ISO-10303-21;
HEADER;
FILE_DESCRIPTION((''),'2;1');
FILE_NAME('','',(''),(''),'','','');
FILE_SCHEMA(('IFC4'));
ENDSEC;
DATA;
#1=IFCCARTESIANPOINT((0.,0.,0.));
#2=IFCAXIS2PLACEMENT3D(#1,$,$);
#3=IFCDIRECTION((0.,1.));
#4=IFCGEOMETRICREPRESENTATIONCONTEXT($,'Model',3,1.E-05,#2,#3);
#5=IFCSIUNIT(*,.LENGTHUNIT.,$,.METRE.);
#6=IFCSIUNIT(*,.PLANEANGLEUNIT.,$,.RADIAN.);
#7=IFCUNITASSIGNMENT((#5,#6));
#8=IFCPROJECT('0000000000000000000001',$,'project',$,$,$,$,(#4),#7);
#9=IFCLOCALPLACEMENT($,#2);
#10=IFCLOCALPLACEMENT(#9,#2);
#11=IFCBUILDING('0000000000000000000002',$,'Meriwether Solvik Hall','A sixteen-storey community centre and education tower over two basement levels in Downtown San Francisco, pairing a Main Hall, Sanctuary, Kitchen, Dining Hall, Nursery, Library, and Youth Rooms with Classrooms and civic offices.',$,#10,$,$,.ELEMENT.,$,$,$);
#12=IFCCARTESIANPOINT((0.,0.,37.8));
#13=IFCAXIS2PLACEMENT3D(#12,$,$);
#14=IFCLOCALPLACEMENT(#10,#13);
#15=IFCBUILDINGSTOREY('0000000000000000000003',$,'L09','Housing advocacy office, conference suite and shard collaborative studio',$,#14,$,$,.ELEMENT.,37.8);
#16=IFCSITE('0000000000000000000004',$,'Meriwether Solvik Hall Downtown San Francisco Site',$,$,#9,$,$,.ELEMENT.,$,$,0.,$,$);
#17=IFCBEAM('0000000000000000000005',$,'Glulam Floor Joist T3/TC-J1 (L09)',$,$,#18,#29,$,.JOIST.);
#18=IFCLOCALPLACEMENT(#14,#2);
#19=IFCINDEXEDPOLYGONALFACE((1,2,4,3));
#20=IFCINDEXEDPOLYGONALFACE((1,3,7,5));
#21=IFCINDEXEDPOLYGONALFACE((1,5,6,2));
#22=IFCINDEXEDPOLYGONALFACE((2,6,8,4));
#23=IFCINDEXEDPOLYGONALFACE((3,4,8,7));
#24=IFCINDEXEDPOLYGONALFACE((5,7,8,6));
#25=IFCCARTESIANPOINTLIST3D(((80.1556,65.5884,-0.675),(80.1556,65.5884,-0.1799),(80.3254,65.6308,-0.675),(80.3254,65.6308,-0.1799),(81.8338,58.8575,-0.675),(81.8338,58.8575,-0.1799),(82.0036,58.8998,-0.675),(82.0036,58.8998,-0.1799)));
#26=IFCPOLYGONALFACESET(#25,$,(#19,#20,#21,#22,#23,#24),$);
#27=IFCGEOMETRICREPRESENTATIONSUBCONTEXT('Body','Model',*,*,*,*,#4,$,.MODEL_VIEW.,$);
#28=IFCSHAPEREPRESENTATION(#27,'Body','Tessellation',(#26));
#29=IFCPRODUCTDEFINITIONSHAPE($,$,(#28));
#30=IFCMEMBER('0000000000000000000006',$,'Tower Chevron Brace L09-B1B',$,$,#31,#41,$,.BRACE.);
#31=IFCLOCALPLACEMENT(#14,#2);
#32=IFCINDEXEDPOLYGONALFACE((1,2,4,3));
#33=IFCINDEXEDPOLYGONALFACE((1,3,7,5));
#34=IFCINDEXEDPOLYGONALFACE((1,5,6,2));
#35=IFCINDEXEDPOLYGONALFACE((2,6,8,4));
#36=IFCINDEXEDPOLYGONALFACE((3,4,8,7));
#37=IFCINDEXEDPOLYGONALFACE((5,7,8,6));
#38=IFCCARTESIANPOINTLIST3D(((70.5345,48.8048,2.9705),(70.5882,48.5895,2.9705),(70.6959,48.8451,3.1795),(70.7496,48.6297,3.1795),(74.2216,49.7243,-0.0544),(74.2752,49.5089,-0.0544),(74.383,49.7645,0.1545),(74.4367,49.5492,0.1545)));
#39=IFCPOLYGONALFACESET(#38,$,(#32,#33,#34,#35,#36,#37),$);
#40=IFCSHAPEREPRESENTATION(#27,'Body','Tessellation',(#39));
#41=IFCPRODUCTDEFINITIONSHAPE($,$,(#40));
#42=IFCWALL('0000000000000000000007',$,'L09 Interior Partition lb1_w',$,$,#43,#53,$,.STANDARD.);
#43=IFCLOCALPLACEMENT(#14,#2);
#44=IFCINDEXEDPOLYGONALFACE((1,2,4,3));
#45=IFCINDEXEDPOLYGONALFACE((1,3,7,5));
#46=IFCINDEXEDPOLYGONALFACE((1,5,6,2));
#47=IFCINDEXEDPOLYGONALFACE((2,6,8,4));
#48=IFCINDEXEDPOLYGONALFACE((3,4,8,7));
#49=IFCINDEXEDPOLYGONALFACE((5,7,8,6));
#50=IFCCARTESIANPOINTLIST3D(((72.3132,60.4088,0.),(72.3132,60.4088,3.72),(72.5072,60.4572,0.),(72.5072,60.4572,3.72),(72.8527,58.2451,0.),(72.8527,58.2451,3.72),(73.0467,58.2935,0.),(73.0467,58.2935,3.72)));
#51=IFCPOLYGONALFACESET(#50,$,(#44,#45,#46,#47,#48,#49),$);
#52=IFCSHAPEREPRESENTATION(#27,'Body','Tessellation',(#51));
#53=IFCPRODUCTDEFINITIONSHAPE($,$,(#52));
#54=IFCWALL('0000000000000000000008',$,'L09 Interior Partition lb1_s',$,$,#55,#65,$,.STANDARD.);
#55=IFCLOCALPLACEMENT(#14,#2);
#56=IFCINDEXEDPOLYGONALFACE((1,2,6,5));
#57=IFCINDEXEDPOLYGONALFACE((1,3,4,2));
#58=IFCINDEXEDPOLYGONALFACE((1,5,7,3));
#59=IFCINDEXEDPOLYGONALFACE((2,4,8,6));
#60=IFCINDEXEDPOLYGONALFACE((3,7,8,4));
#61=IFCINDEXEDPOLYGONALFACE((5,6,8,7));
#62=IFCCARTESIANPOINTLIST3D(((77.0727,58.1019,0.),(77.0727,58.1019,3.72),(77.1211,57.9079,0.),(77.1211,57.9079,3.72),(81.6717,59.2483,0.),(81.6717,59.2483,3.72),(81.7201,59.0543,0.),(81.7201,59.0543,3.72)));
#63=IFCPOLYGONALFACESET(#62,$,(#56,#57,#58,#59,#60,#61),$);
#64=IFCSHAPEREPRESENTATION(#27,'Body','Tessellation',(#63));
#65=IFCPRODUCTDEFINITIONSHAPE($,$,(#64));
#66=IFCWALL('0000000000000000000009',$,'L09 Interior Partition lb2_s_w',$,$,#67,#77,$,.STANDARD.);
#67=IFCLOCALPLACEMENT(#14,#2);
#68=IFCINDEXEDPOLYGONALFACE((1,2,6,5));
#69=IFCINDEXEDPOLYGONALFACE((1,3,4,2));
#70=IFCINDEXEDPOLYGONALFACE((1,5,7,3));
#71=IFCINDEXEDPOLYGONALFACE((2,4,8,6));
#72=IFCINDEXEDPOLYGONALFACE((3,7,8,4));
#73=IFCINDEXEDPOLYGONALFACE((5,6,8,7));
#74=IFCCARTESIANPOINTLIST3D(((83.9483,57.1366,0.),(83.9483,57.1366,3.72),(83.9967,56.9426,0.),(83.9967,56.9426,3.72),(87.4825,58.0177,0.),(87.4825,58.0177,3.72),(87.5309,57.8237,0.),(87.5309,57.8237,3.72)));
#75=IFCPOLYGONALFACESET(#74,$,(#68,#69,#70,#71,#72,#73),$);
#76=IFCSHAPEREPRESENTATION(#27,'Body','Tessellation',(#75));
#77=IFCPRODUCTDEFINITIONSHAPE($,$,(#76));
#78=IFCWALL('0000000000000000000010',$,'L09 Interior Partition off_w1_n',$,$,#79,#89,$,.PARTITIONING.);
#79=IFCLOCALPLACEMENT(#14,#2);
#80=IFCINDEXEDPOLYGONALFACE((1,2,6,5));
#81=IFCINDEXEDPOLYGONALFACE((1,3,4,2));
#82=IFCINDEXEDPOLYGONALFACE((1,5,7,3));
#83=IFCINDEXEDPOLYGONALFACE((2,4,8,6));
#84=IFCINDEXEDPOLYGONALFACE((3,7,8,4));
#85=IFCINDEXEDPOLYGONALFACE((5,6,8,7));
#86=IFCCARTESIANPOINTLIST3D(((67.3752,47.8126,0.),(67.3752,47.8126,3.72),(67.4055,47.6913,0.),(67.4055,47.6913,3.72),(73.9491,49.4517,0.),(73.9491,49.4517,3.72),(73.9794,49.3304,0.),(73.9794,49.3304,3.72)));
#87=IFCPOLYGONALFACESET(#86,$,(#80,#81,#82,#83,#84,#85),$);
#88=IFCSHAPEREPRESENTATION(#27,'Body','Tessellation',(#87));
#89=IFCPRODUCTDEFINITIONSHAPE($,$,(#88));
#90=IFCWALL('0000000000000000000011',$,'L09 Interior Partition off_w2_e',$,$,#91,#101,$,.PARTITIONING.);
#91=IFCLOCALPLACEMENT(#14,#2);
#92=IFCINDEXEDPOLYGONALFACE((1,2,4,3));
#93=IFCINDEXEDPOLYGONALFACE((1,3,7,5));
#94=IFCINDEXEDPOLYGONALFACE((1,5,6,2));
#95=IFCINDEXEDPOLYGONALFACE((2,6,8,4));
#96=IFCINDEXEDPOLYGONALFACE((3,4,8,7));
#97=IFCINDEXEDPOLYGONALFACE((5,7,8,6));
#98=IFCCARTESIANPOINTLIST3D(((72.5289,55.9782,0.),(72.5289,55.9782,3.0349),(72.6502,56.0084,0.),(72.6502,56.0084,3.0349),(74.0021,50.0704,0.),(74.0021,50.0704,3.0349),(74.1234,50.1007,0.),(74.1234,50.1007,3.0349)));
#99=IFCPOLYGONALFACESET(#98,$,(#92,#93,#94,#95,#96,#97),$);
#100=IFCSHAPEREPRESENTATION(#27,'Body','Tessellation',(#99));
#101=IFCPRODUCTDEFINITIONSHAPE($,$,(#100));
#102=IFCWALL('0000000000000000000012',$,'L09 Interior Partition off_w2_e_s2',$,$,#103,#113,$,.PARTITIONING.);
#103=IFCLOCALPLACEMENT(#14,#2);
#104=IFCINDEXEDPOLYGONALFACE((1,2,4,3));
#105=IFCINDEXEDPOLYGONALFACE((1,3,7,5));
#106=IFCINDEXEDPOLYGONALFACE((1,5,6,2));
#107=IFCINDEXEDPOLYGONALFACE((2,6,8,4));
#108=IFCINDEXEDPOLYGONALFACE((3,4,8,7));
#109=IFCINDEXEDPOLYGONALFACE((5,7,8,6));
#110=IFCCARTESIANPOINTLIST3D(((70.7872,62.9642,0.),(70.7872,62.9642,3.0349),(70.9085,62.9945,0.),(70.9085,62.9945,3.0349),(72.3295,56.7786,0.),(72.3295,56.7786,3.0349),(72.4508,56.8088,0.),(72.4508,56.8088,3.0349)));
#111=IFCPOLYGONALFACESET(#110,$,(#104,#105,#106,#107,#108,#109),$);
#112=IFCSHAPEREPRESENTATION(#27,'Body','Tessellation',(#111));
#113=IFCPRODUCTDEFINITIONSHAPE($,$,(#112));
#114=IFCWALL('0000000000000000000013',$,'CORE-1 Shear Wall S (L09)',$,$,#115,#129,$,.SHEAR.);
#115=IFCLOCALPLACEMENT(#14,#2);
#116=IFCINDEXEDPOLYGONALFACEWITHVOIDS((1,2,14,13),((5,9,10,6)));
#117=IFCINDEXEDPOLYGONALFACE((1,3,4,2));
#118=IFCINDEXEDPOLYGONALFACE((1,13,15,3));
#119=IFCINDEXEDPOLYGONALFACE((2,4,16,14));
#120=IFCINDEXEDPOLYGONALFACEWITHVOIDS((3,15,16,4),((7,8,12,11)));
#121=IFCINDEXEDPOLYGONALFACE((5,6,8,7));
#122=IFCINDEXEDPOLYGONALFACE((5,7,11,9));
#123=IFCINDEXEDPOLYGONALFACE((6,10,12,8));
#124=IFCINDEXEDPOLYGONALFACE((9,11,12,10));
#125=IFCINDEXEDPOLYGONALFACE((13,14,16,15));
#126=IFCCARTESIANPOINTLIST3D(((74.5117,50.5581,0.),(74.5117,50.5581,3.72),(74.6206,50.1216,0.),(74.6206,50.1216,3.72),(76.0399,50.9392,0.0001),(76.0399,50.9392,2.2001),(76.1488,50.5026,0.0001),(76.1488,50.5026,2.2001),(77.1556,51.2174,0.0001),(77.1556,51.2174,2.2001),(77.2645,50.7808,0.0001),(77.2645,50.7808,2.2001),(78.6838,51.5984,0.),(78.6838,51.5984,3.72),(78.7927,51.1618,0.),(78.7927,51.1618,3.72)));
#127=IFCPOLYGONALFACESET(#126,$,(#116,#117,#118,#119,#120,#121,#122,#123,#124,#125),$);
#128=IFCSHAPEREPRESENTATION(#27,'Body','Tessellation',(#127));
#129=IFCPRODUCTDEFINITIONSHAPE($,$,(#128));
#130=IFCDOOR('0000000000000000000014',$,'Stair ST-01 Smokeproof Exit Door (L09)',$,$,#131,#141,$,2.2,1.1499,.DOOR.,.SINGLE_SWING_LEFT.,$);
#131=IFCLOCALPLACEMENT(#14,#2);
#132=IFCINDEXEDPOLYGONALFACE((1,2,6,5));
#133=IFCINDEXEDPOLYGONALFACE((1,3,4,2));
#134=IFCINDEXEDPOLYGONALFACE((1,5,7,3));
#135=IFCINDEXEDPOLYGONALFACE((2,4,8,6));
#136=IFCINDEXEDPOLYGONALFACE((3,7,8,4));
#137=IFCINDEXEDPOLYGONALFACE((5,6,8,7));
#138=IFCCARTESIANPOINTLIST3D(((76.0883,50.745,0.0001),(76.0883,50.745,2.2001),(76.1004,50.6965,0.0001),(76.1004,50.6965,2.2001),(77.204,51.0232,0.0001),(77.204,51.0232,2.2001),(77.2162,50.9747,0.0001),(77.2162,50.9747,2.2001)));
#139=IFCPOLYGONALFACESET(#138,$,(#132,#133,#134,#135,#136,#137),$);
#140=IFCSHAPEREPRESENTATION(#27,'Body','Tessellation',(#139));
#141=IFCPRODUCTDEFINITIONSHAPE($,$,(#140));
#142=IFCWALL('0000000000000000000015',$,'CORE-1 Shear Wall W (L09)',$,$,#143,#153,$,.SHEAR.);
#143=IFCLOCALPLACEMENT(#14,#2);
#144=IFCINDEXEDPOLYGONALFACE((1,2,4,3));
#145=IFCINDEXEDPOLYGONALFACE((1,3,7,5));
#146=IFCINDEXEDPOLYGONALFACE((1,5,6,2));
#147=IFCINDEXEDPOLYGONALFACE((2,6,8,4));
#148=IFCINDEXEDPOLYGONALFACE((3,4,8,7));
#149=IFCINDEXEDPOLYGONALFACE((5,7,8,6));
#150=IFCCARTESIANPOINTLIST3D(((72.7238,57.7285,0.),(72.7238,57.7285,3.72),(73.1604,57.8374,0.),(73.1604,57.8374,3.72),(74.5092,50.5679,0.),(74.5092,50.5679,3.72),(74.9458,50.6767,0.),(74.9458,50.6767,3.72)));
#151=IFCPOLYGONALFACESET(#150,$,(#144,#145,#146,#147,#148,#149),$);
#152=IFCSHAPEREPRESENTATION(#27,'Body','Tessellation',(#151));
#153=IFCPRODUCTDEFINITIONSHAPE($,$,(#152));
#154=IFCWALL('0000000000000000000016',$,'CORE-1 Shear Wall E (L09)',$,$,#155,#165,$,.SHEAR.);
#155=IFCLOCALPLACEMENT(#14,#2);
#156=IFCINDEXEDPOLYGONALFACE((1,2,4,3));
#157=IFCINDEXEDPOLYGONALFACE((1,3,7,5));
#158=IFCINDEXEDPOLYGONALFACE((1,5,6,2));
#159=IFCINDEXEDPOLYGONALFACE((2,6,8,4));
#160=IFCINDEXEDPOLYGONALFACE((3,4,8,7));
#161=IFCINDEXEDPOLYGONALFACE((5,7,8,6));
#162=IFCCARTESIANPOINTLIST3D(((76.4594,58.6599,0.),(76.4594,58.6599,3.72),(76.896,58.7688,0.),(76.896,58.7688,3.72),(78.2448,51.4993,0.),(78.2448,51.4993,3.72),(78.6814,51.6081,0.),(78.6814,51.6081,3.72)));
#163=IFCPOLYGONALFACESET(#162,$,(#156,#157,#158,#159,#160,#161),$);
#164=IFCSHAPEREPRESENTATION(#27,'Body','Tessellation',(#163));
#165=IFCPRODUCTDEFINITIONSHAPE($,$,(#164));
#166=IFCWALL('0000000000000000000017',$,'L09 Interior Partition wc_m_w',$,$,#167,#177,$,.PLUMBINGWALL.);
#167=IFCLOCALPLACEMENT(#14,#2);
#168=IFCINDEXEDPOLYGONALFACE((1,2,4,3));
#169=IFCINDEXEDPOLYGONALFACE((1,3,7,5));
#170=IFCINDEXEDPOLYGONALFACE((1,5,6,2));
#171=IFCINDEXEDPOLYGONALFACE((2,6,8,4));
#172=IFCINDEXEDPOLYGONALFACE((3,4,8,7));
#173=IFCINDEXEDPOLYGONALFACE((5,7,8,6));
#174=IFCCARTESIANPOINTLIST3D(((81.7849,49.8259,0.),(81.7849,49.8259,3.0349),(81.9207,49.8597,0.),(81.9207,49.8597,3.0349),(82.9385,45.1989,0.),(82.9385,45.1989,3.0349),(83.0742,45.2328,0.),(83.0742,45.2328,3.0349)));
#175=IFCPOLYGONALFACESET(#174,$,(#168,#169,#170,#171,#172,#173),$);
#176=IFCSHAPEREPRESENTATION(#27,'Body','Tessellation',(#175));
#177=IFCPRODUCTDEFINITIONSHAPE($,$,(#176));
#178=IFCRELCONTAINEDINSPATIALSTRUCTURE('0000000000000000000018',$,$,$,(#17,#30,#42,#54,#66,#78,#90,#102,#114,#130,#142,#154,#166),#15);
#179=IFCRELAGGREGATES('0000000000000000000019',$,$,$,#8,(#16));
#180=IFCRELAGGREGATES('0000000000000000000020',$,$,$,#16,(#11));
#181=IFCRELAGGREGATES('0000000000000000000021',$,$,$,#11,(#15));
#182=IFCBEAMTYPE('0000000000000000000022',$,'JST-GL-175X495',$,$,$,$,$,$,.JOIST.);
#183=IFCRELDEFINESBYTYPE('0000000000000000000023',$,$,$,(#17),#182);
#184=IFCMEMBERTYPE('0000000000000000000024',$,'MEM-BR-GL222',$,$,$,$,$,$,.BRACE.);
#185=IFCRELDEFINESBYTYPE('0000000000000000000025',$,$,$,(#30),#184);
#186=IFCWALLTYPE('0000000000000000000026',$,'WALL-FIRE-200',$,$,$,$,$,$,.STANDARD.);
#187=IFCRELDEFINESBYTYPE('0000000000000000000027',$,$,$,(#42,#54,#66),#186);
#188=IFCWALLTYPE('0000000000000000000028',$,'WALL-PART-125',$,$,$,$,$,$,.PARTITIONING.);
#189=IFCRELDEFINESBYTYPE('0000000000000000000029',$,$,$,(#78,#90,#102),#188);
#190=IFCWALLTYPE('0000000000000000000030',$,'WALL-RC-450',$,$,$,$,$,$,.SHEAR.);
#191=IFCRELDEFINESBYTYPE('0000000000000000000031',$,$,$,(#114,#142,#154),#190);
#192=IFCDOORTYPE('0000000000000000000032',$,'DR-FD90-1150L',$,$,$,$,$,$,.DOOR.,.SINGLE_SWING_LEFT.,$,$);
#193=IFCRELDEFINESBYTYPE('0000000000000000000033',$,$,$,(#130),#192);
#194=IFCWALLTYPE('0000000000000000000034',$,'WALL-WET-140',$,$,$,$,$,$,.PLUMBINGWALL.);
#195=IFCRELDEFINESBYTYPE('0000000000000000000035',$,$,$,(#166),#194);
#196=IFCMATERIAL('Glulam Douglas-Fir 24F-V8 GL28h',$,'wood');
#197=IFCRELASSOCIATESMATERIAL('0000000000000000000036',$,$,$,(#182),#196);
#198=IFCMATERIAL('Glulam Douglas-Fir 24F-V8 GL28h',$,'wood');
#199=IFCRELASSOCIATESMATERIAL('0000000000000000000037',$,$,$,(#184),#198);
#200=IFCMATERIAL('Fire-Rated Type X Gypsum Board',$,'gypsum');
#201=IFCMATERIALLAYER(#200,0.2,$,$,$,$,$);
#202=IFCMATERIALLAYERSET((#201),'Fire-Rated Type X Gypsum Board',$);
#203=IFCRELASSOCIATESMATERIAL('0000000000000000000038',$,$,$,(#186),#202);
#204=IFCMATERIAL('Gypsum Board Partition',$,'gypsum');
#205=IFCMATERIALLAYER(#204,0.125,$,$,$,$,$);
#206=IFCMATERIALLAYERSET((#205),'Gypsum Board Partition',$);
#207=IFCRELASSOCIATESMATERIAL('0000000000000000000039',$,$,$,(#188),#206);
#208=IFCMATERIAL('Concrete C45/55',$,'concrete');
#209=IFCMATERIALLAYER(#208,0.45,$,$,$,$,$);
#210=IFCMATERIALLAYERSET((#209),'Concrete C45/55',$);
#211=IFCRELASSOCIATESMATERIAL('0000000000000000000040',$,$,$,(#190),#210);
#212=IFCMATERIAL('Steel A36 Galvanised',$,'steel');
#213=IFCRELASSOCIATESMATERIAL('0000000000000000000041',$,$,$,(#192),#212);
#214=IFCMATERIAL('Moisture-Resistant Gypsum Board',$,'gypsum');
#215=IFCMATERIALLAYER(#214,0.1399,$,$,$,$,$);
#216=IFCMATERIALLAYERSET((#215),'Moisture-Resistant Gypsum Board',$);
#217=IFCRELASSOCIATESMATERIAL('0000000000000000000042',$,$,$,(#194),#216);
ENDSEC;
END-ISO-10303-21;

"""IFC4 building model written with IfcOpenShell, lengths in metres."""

from ifc_helpers import new_model, si_unit, direction, frame, frame_2d, origin, origin_2d, place, context, subcontext, project, spatial, rectangle, extrude, material, layer, layer_set, material_profile, profile_set, type_object, element, fill, save


model = new_model("IFC4")

# Units and contexts
model_context = context("Model", 3, precision=1e-05, world=origin(), true_north=direction((0.0, 1.0)))
body_context = subcontext(model_context, "Body", "Model", "MODEL_VIEW")
ifc_project = project(units=[si_unit("LENGTHUNIT", "METRE"), si_unit("PLANEANGLEUNIT", "RADIAN")], contexts=[model_context])

# Site, building, storey
site_placement = place(None, origin())
site = spatial("IfcSite", under=ifc_project, at=site_placement, Name="Meriwether Solvik Hall Downtown San Francisco Site", CompositionType="ELEMENT", RefElevation=0.0)
building_placement = place(site_placement, origin())
building = spatial("IfcBuilding", under=site, at=building_placement, Name="Meriwether Solvik Hall", Description="A sixteen-storey community centre and education tower over two basement levels in Downtown San Francisco, pairing a Main Hall, Sanctuary, Kitchen, Dining Hall, Nursery, Library, and Youth Rooms with Classrooms and civic offices.", CompositionType="ELEMENT")
storey_placement = place(building_placement, frame((0.0, 0.0, 37.8)))
storey = spatial("IfcBuildingStorey", under=building, at=storey_placement, Name="L09", Description="Housing advocacy office, conference suite and shard collaborative studio", CompositionType="ELEMENT", Elevation=37.8)

# Beam
ifc_material_1 = material(Name="Glulam Douglas-Fir 24F-V8 GL28h", Category="wood")
ifc_material_profile_1 = material_profile(ifc_material_1, rectangle(XDim=0.175, YDim=0.4951, at=origin_2d()), Name="GLJ-175X495")
ifc_profile_set_1 = profile_set([ifc_material_profile_1], Name="Glulam Douglas-Fir 24F-V8 GL28h")
beam_type_1 = type_object("IfcBeamType", Name="JST-GL-175X495", PredefinedType="JOIST", material=ifc_profile_set_1)
beam_1_placement = place(storey_placement, frame((81.9187, 58.8787, -0.4275), z_axis=(-0.241923, 0.970296, 0.0), x_axis=(-0.970296, -0.241923, 0.0)))
element("IfcBeam", 1, at=beam_1_placement, inside=storey, type_object=beam_type_1, Name="Glulam Floor Joist T3/TC-J1 (L09)", PredefinedType="JOIST", context=body_context, shape_type="SweptSolid", body=[
    extrude(rectangle(XDim=0.175, YDim=0.4951, at=origin_2d()), origin(), (0.0, 0.0, 1.0), 6.937),
])

# Member
ifc_material_2 = material(Name="Glulam Douglas-Fir 24F-V8 GL28h", Category="wood")
ifc_material_profile_2 = material_profile(ifc_material_2, rectangle(XDim=0.2219, YDim=0.2671, at=origin_2d()), Name="GLM-222X267")
ifc_profile_set_2 = profile_set([ifc_material_profile_2], Name="Glulam Douglas-Fir 24F-V8 GL28h")
member_type = type_object("IfcMemberType", Name="MEM-BR-GL222", PredefinedType="BRACE", material=ifc_profile_set_2)
member_placement = place(storey_placement, frame((74.3291, 49.6367, 0.05), z_axis=(-0.759129, -0.189305, 0.622806), x_axis=(0.241961, -0.970286, 0.0)))
element("IfcMember", 2, at=member_placement, inside=storey, type_object=member_type, Name="Tower Chevron Brace L09-B1B", PredefinedType="BRACE", context=body_context, shape_type="SweptSolid", body=[
    extrude(rectangle(XDim=0.2219, YDim=0.2671, at=origin_2d()), origin(), (0.0, 0.0, 1.0), 4.8569),
])

# Walls
ifc_material_3 = material(Name="Fire-Rated Type X Gypsum Board", Category="gypsum")
ifc_layer_1 = layer(ifc_material_3, 0.2)
ifc_layer_set_1 = layer_set([ifc_layer_1], Name="Fire-Rated Type X Gypsum Board")
wall_type_1 = type_object("IfcWallType", Name="WALL-FIRE-200", PredefinedType="STANDARD", material=ifc_layer_set_1)
wall_1_placement = place(storey_placement, frame((72.9497, 58.2693, 0.0), z_axis=(0.0, 0.0, 1.0), x_axis=(-0.241943, 0.97029, 0.0)))
element("IfcWall", 3, at=wall_1_placement, inside=storey, type_object=wall_type_1, Name="L09 Interior Partition lb1_w", PredefinedType="STANDARD", context=body_context, shape_type="SweptSolid", body=[
    extrude(rectangle(XDim=2.23, YDim=0.2, at=frame_2d((1.115, 0.0))), origin(), (0.0, 0.0, 1.0), 3.72),
])
wall_2_placement = place(storey_placement, frame((77.0969, 58.0049, 0.0), z_axis=(0.0, 0.0, 1.0), x_axis=(0.970306, 0.241881, 0.0)))
element("IfcWall", 4, at=wall_2_placement, inside=storey, type_object=wall_type_1, Name="L09 Interior Partition lb1_s", PredefinedType="STANDARD", context=body_context, shape_type="SweptSolid", body=[
    extrude(rectangle(XDim=4.7397, YDim=0.2, at=frame_2d((2.3699, 0.0))), origin(), (0.0, 0.0, 1.0), 3.72),
])
wall_3_placement = place(storey_placement, frame((83.9724, 57.0396, 0.0), z_axis=(0.0, 0.0, 1.0), x_axis=(0.9703, 0.241905, 0.0)))
element("IfcWall", 5, at=wall_3_placement, inside=storey, type_object=wall_type_1, Name="L09 Interior Partition lb2_s_w", PredefinedType="STANDARD", context=body_context, shape_type="SweptSolid", body=[
    extrude(rectangle(XDim=3.6423, YDim=0.2, at=frame_2d((1.8213, 0.0))), origin(), (0.0, 0.0, 1.0), 3.72),
])
ifc_material_4 = material(Name="Gypsum Board Partition", Category="gypsum")
ifc_layer_2 = layer(ifc_material_4, 0.125)
ifc_layer_set_2 = layer_set([ifc_layer_2], Name="Gypsum Board Partition")
wall_type_2 = type_object("IfcWallType", Name="WALL-PART-125", PredefinedType="PARTITIONING", material=ifc_layer_set_2)
wall_4_placement = place(storey_placement, frame((73.9644, 49.3911, 0.0), z_axis=(0.0, 0.0, 1.0), x_axis=(-0.970293, -0.241934, 0.0)))
element("IfcWall", 6, at=wall_4_placement, inside=storey, type_object=wall_type_2, Name="L09 Interior Partition off_w1_n", PredefinedType="PARTITIONING", context=body_context, shape_type="SweptSolid", body=[
    extrude(rectangle(XDim=6.7751, YDim=0.125, at=frame_2d((3.3877, 0.0))), origin(), (0.0, 0.0, 1.0), 3.72),
])
wall_5_placement = place(storey_placement, frame((74.0627, 50.0854, 0.0), z_axis=(0.0, 0.0, 1.0), x_axis=(-0.241951, 0.970289, 0.0)))
element("IfcWall", 7, at=wall_5_placement, inside=storey, type_object=wall_type_2, Name="L09 Interior Partition off_w2_e", PredefinedType="PARTITIONING", context=body_context, shape_type="SweptSolid", body=[
    extrude(rectangle(XDim=6.0886, YDim=0.125, at=frame_2d((3.0444, 0.0))), origin(), (0.0, 0.0, 1.0), 3.0349),
])
wall_6_placement = place(storey_placement, frame((72.3901, 56.7937, 0.0), z_axis=(0.0, 0.0, 1.0), x_axis=(-0.241923, 0.970295, 0.0)))
element("IfcWall", 8, at=wall_6_placement, inside=storey, type_object=wall_type_2, Name="L09 Interior Partition off_w2_e_s2", PredefinedType="PARTITIONING", context=body_context, shape_type="SweptSolid", body=[
    extrude(rectangle(XDim=6.375, YDim=0.125, at=frame_2d((3.1875, 0.0))), origin(), (0.0, 0.0, 1.0), 3.0349),
])

# Wall, opening, door
ifc_material_5 = material(Name="Concrete C45/55", Category="concrete")
ifc_layer_3 = layer(ifc_material_5, 0.45)
ifc_layer_set_3 = layer_set([ifc_layer_3], Name="Concrete C45/55")
wall_type_3 = type_object("IfcWallType", Name="WALL-RC-450", PredefinedType="SHEAR", material=ifc_layer_set_3)
wall_7_placement = place(storey_placement, frame((74.5662, 50.3398, 0.0), z_axis=(0.0, 0.0, 1.0), x_axis=(0.970293, 0.241934, 0.0)))
wall_7 = element("IfcWall", 9, at=wall_7_placement, inside=storey, type_object=wall_type_3, Name="CORE-1 Shear Wall S (L09)", PredefinedType="SHEAR", context=body_context, shape_type="SweptSolid", body=[
    extrude(rectangle(XDim=4.2998, YDim=0.45, at=frame_2d((2.1499, 0.0))), origin(), (0.0, 0.0, 1.0), 3.72),
])
opening_placement = place(wall_7_placement, frame((1.575, 0.0, 0.0)))
opening = element("IfcOpeningElement", 10, at=opening_placement, cuts=wall_7, PredefinedType="OPENING", context=body_context, shape_type="SweptSolid", body=[
    extrude(rectangle(XDim=1.1499, YDim=2.2, at=frame_2d((0.575, 1.1001))), frame((0.0, 0.2368, 0.0), z_axis=(0.0, -1.0, 0.0), x_axis=(1.0, 0.0, 0.0)), (0.0, 0.0, 1.0), 0.4739),
])
ifc_material_6 = material(Name="Steel A36 Galvanised", Category="steel")
door_type = type_object("IfcDoorType", Name="DR-FD90-1150L", OperationType="SINGLE_SWING_LEFT", PredefinedType="DOOR", material=ifc_material_6)
door_placement = place(opening_placement, origin())
door = element("IfcDoor", 11, at=door_placement, inside=storey, type_object=door_type, Name="Stair ST-01 Smokeproof Exit Door (L09)", OperationType="SINGLE_SWING_LEFT", OverallHeight=2.2, OverallWidth=1.1499, PredefinedType="DOOR", context=body_context, shape_type="SweptSolid", body=[
    extrude(rectangle(XDim=1.1499, YDim=2.2, at=frame_2d((0.575, 1.1001))), frame((0.0, 0.0249, 0.0), z_axis=(0.0, -1.0, 0.0), x_axis=(1.0, 0.0, 0.0)), (0.0, 0.0, 1.0), 0.05),
])
fill(opening, door)

# Walls
for number, where, z_axis, x_axis, name in (
    (12, (72.9421, 57.783, 0.0), (0.0, 0.0, 1.0), (0.241928, -0.970294, 0.0), "CORE-1 Shear Wall W (L09)"),
    (13, (78.4631, 51.5537, 0.0), (0.0, 0.0, 1.0), (-0.241928, 0.970294, 0.0), "CORE-1 Shear Wall E (L09)"),
):
    element("IfcWall", number, at=place(storey_placement, frame(where, z_axis=z_axis, x_axis=x_axis)), inside=storey, type_object=wall_type_3, Name=name, PredefinedType="SHEAR", context=body_context, shape_type="SweptSolid", body=[
        extrude(rectangle(XDim=7.3799, YDim=0.45, at=frame_2d((3.6899, 0.0))), origin(), (0.0, 0.0, 1.0), 3.72),
    ])
ifc_material_7 = material(Name="Moisture-Resistant Gypsum Board", Category="gypsum")
ifc_layer_4 = layer(ifc_material_7, 0.1399)
ifc_layer_set_4 = layer_set([ifc_layer_4], Name="Moisture-Resistant Gypsum Board")
wall_type_4 = type_object("IfcWallType", Name="WALL-WET-140", PredefinedType="PLUMBINGWALL", material=ifc_layer_set_4)
wall_8_placement = place(storey_placement, frame((81.8528, 49.8428, 0.0), z_axis=(0.0, 0.0, 1.0), x_axis=(0.241909, -0.970299, 0.0)))
element("IfcWall", 14, at=wall_8_placement, inside=storey, type_object=wall_type_4, Name="L09 Interior Partition wc_m_w", PredefinedType="PLUMBINGWALL", context=body_context, shape_type="SweptSolid", body=[
    extrude(rectangle(XDim=4.7686, YDim=0.1399, at=frame_2d((2.3843, 0.0))), origin(), (0.0, 0.0, 1.0), 3.0349),
])

save(model, "model.ifc")
